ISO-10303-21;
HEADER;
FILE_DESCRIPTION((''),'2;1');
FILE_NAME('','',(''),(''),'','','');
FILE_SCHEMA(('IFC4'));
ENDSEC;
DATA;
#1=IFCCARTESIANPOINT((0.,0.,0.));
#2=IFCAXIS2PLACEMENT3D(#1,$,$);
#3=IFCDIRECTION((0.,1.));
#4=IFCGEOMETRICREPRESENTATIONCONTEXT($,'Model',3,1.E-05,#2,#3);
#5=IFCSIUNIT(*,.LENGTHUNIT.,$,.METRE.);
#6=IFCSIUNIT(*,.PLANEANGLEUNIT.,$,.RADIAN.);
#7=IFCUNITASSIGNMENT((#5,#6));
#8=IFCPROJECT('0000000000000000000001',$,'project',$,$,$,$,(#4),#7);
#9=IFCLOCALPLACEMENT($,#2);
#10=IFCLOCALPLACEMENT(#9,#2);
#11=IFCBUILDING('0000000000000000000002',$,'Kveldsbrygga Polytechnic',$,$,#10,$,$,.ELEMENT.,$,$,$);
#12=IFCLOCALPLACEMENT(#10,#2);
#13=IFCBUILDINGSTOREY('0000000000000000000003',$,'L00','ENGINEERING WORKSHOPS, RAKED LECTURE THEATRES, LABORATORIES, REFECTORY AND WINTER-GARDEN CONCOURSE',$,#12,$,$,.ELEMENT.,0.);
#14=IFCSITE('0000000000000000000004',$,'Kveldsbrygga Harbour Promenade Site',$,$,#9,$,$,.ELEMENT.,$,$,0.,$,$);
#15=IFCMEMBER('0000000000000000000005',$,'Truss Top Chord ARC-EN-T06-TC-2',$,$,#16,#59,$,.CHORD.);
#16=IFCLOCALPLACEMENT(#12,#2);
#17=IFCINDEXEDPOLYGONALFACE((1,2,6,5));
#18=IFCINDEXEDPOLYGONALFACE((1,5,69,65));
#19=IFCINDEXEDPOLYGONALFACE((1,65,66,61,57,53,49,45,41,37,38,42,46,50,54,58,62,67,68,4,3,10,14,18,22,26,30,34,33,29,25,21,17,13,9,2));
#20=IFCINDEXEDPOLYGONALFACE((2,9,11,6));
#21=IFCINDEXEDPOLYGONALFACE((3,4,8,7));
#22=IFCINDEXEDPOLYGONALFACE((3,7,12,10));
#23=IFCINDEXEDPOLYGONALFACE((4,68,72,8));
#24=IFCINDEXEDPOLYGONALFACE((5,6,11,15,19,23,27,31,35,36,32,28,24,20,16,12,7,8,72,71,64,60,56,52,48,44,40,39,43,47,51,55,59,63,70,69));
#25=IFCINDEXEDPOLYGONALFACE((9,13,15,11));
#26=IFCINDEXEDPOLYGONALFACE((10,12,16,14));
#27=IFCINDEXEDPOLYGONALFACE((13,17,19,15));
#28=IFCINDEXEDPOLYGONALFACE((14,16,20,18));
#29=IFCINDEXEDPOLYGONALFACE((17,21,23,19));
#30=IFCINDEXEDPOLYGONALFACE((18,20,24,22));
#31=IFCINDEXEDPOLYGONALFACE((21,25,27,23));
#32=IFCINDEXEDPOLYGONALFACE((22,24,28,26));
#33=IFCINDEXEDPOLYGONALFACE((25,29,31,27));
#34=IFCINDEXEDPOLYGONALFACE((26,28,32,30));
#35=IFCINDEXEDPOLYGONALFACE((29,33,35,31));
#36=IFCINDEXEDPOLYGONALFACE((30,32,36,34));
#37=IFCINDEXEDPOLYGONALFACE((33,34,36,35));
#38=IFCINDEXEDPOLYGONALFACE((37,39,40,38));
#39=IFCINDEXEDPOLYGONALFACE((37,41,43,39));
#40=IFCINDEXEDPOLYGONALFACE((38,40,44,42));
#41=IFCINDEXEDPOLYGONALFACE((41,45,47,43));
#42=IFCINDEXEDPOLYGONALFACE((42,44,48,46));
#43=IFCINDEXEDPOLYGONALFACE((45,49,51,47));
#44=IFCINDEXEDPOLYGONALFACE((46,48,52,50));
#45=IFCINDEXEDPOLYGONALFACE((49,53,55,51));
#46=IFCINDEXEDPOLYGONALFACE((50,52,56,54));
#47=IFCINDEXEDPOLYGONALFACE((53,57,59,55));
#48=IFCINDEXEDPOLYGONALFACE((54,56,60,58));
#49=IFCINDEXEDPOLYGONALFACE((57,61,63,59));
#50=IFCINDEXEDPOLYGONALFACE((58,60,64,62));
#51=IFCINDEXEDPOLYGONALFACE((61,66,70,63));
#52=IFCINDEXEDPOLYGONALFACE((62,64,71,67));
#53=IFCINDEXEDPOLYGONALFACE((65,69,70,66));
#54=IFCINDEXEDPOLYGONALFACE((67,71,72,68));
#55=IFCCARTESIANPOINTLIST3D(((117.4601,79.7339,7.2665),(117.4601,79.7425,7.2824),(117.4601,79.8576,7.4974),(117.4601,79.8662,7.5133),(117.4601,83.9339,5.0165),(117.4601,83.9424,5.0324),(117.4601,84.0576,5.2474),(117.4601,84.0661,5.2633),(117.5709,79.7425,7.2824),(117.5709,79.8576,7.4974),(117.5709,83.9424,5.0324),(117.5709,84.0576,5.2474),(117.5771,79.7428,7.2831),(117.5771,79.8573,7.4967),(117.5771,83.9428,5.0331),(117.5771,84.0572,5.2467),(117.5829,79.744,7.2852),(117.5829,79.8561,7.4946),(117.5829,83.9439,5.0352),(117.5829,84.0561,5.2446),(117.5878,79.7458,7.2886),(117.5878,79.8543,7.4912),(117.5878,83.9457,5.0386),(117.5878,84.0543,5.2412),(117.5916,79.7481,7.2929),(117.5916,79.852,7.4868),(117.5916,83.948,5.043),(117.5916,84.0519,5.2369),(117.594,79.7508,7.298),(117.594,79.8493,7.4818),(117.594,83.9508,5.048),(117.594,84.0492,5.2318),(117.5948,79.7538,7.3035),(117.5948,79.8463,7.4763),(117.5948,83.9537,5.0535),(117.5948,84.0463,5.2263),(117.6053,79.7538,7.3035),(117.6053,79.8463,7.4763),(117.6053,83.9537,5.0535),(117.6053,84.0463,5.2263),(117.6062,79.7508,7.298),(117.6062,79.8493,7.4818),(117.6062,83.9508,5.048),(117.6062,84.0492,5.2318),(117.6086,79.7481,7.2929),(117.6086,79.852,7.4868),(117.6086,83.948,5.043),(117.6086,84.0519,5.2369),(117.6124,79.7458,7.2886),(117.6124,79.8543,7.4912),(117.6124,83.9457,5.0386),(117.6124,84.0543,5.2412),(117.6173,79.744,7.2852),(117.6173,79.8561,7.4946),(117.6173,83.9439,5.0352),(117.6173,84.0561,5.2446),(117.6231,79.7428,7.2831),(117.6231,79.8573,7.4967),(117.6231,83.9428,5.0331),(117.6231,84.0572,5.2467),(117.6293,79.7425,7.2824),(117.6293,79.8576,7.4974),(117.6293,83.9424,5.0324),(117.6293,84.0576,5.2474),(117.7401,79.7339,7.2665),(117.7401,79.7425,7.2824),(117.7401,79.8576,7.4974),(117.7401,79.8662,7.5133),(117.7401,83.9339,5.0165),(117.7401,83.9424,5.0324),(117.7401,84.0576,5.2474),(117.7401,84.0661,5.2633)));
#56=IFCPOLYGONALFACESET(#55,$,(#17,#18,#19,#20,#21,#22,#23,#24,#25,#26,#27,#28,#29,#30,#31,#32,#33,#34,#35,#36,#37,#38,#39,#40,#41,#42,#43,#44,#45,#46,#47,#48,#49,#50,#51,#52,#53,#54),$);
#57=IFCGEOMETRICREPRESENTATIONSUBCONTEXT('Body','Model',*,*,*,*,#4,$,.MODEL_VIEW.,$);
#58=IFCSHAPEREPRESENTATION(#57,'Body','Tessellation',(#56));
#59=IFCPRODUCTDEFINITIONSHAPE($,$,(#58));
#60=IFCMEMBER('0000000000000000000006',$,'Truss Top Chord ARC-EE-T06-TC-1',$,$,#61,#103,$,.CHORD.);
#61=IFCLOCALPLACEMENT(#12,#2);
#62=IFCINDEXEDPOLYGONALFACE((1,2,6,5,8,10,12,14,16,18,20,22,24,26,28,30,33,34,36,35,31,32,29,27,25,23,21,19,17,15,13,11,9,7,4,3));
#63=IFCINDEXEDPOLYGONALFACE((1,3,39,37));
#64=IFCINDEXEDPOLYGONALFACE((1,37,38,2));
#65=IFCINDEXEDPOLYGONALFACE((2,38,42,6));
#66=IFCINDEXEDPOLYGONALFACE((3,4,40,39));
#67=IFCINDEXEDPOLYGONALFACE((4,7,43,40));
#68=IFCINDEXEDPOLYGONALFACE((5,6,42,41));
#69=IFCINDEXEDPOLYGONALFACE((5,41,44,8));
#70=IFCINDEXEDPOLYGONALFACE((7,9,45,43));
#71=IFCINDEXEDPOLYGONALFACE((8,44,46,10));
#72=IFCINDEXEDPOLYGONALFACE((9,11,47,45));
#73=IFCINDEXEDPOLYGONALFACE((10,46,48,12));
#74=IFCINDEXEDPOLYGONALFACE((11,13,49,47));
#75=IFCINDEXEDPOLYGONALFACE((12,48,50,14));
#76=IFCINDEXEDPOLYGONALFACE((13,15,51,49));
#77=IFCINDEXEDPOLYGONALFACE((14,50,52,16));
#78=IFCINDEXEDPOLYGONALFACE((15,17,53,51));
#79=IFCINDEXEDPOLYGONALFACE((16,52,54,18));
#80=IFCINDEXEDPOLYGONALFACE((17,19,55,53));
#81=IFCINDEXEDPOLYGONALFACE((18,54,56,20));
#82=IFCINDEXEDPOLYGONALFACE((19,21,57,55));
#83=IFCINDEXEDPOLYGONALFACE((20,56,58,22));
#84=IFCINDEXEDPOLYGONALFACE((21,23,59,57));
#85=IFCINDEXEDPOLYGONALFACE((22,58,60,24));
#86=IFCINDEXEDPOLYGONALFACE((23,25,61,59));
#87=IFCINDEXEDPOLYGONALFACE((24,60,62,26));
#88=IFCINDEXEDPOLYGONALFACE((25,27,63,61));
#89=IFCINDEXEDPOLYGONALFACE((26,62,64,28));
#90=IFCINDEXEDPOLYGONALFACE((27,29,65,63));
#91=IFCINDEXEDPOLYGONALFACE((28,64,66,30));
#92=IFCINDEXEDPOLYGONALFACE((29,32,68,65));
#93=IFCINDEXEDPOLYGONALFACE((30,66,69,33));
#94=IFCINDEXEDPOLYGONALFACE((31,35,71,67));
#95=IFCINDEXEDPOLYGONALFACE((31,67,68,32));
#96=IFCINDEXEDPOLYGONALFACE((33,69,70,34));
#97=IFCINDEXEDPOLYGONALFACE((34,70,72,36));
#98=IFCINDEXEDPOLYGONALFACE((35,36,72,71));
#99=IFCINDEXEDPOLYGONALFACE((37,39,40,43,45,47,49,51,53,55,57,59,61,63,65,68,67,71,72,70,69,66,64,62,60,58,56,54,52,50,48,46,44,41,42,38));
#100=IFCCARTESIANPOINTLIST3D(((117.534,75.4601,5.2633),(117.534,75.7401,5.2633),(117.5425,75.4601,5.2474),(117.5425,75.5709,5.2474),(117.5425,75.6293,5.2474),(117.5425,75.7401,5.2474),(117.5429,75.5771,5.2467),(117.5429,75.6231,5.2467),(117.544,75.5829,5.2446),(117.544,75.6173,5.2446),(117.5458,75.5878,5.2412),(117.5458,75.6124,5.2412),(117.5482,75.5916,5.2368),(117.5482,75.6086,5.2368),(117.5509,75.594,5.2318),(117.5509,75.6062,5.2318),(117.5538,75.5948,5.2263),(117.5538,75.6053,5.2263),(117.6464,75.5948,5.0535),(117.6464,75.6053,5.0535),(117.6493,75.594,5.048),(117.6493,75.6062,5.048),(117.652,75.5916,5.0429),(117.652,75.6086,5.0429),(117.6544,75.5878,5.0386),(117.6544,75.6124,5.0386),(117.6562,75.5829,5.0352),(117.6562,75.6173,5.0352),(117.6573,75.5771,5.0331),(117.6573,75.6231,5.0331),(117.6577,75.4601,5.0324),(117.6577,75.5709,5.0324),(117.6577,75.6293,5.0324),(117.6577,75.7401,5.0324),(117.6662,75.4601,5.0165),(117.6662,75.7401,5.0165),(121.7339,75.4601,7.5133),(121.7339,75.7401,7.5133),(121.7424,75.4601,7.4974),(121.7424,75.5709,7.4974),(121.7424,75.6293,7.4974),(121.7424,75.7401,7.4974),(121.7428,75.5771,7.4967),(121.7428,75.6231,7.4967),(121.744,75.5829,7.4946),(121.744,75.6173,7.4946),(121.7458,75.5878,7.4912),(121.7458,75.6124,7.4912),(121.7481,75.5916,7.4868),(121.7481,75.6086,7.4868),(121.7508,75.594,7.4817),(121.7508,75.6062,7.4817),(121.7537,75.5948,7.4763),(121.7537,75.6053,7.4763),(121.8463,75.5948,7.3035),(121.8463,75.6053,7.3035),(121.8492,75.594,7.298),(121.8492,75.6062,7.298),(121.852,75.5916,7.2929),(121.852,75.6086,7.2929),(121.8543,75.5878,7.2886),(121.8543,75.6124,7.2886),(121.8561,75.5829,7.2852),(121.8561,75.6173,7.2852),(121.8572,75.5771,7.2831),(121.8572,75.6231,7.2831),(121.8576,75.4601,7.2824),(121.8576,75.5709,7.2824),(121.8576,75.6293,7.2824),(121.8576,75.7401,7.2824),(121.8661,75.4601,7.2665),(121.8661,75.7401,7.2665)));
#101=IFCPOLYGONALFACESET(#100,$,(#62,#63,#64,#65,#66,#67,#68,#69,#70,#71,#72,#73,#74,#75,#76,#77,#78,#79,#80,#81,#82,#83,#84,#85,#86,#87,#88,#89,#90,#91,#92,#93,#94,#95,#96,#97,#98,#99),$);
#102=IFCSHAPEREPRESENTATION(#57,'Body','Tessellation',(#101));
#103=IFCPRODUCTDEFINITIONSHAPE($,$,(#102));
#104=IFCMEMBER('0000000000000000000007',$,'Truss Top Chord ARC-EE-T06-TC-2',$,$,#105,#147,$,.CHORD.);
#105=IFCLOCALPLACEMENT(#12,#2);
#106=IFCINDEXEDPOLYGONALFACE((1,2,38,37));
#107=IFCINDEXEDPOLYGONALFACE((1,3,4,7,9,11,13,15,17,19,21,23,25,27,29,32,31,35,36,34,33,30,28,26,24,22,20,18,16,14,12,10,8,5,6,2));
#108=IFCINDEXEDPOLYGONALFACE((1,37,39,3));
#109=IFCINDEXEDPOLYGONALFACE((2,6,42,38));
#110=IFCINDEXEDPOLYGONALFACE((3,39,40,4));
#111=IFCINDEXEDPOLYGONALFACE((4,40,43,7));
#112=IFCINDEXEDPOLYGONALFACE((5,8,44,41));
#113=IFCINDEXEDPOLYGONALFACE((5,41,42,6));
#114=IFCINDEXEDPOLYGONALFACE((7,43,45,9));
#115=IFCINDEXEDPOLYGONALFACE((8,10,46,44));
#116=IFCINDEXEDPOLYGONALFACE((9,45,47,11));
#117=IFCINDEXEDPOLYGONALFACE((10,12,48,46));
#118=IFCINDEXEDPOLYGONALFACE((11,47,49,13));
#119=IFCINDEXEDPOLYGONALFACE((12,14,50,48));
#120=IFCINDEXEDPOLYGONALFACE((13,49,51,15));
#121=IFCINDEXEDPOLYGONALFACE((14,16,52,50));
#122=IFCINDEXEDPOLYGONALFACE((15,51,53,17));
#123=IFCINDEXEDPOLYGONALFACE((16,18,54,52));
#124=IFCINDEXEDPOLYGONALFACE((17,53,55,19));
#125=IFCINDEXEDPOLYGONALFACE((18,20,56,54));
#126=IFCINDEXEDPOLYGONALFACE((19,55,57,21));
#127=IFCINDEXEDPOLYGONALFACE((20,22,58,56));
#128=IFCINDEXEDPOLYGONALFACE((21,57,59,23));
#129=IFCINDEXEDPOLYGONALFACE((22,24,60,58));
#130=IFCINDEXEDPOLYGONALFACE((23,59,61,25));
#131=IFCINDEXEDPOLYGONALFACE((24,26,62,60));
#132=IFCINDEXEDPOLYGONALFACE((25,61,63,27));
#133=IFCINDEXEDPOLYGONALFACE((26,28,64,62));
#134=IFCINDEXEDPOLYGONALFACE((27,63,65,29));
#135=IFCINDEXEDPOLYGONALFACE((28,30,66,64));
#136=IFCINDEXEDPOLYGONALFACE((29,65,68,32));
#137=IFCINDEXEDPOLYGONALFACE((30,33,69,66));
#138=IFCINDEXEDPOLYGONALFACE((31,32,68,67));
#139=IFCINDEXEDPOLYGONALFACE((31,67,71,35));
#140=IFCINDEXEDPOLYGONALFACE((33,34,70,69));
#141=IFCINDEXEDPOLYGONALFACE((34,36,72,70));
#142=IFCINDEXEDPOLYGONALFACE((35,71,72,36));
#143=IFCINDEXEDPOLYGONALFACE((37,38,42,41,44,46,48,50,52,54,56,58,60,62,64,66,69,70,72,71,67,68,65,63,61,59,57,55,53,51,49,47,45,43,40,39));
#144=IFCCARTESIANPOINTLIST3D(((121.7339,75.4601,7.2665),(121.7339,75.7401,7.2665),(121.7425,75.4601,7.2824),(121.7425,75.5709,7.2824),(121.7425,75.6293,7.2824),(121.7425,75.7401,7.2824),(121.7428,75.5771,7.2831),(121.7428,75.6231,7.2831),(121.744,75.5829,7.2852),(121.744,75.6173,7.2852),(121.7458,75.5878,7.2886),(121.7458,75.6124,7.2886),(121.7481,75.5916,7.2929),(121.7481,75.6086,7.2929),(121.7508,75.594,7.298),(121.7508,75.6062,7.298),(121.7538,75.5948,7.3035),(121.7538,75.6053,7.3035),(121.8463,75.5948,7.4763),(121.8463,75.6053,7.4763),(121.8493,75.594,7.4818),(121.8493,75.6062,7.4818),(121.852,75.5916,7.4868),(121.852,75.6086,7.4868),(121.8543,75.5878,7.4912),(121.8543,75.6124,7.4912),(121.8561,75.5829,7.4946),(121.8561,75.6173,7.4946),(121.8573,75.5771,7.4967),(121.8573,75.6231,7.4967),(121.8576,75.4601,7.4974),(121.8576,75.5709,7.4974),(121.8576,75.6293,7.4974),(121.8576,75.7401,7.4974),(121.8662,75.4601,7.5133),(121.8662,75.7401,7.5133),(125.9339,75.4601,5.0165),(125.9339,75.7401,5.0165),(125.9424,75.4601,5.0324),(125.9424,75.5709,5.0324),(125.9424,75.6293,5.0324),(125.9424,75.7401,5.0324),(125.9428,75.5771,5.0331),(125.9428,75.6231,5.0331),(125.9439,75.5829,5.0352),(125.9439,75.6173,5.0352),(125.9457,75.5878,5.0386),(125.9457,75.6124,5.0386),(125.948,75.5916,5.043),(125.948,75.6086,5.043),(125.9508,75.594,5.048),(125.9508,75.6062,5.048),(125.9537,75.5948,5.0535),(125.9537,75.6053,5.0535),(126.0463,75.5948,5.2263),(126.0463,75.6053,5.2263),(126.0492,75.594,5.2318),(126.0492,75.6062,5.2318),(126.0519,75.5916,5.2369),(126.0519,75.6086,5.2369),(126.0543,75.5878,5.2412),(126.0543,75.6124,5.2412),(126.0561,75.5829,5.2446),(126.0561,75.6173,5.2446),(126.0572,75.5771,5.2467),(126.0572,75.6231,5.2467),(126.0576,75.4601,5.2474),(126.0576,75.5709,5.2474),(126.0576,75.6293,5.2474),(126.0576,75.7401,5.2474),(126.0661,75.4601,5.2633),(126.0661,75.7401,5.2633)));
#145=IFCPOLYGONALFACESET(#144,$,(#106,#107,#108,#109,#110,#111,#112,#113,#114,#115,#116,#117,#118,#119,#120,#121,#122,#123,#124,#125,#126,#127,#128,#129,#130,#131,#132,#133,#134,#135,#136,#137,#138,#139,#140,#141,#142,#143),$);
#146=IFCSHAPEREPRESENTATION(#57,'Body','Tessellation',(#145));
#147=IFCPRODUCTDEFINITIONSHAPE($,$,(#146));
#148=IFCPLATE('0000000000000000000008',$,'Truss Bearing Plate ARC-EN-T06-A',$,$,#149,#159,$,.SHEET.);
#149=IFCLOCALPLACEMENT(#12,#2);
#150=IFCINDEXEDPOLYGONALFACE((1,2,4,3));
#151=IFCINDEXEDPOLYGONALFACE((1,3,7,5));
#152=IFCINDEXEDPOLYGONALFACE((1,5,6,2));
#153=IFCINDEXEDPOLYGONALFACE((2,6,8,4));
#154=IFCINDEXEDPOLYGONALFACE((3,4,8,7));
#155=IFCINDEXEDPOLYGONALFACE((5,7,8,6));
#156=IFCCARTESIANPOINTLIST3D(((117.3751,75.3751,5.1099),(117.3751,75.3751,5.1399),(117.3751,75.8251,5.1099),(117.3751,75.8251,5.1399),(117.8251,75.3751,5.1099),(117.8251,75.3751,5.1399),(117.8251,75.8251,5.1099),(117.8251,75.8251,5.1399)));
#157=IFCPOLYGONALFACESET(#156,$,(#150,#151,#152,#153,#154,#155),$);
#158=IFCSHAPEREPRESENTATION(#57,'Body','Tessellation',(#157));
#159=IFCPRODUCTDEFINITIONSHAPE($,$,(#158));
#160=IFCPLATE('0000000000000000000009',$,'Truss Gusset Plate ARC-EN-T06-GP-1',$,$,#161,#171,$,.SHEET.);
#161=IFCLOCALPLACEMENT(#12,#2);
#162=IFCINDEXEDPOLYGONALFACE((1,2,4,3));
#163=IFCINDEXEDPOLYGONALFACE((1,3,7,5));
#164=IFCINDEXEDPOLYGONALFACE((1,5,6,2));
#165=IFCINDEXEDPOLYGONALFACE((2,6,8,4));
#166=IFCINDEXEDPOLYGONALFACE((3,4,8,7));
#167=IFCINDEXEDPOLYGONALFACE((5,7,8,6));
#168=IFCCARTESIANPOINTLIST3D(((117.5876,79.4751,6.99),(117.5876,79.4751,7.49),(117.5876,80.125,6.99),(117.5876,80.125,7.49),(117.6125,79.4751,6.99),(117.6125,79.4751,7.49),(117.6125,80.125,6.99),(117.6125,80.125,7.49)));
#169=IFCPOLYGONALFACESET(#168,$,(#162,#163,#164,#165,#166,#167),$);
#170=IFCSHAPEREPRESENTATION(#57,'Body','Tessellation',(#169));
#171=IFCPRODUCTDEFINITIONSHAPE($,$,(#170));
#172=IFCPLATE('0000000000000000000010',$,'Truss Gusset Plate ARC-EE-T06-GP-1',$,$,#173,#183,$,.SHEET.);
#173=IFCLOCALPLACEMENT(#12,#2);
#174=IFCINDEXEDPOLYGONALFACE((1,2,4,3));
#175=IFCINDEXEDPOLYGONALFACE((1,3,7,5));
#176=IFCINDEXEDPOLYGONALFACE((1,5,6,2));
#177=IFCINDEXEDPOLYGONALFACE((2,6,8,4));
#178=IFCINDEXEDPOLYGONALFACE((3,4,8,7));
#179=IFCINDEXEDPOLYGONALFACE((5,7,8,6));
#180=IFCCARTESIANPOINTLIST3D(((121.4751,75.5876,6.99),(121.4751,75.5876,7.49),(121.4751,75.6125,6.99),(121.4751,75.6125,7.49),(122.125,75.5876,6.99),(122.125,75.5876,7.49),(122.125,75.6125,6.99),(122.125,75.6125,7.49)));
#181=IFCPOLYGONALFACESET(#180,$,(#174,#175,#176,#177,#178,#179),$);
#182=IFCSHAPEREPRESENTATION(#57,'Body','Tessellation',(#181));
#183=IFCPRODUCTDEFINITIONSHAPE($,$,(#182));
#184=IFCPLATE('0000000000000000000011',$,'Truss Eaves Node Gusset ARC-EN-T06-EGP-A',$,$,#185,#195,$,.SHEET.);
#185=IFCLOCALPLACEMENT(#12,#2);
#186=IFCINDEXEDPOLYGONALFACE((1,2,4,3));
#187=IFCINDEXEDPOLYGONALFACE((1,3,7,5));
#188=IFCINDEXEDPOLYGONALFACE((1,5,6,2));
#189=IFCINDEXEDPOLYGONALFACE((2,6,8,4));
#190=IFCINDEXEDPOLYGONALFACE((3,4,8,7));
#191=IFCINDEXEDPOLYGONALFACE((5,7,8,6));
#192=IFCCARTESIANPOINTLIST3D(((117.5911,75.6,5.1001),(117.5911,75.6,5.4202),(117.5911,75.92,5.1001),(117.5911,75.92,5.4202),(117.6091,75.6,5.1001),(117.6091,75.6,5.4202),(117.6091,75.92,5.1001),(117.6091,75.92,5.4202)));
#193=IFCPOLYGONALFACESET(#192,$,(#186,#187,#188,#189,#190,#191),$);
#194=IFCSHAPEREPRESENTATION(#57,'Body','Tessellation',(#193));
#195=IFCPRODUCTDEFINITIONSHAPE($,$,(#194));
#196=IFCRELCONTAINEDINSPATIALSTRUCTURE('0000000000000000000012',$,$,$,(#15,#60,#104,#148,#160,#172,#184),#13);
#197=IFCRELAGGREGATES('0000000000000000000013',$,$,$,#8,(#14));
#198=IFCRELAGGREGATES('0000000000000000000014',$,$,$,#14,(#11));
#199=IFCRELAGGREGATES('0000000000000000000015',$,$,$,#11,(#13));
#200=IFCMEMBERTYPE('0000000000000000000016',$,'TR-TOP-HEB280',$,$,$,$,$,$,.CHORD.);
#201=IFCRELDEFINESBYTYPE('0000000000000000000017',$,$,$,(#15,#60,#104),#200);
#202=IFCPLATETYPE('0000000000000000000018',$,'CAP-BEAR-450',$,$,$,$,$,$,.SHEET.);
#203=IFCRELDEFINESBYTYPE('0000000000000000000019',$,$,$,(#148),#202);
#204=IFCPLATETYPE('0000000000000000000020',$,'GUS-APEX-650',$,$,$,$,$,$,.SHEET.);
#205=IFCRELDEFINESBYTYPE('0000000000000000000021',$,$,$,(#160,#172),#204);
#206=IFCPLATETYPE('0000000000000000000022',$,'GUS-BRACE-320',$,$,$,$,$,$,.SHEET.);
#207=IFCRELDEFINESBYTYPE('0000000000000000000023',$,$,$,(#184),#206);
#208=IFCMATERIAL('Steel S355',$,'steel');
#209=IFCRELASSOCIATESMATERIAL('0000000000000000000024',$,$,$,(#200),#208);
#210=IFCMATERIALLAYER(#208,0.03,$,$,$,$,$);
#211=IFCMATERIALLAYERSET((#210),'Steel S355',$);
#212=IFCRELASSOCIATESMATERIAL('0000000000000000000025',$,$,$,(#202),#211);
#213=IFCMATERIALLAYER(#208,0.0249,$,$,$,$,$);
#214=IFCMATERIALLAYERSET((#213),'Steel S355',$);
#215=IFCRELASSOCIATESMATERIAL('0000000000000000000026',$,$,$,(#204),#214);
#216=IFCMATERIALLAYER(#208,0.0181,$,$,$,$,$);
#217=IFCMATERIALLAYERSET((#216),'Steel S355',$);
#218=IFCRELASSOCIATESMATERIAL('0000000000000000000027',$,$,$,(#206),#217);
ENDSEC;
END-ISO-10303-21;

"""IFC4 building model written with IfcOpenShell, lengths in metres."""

from ifc_helpers import new_model, si_unit, direction, frame, origin, origin_2d, place, context, subcontext, project, spatial, rectangle, i_section, extrude, material, layer, layer_set, material_profile, profile_set, type_object, element, save


model = new_model("IFC4")

# Units and contexts
model_context = context("Model", 3, precision=1e-05, world=origin(), true_north=direction((0.0, 1.0)))
body_context = subcontext(model_context, "Body", "Model", "MODEL_VIEW")
ifc_project = project(units=[si_unit("LENGTHUNIT", "METRE"), si_unit("PLANEANGLEUNIT", "RADIAN")], contexts=[model_context])

# Site, building, storey
site_placement = place(None, origin())
site = spatial("IfcSite", under=ifc_project, at=site_placement, Name="Kveldsbrygga Harbour Promenade Site", CompositionType="ELEMENT", RefElevation=0.0)
building_placement = place(site_placement, origin())
building = spatial("IfcBuilding", under=site, at=building_placement, Name="Kveldsbrygga Polytechnic", CompositionType="ELEMENT")
storey_placement = place(building_placement, origin())
storey = spatial("IfcBuildingStorey", under=building, at=storey_placement, Name="L00", Description="ENGINEERING WORKSHOPS, RAKED LECTURE THEATRES, LABORATORIES, REFECTORY AND WINTER-GARDEN CONCOURSE", CompositionType="ELEMENT", Elevation=0.0)

# Members
ifc_material = material(Name="Steel S355", Category="steel")
ifc_material_profile_1 = material_profile(ifc_material, i_section(OverallWidth=0.28, OverallDepth=0.28, WebThickness=0.0105, FlangeThickness=0.0181, FilletRadius=0.0239, at=origin_2d()), Name="HEB 280")
ifc_profile_set_1 = profile_set([ifc_material_profile_1], Name="Steel S355")
member_type_1 = type_object("IfcMemberType", Name="TR-TOP-HEB280", PredefinedType="CHORD", material=ifc_profile_set_1)
for number, where, z_axis, x_axis, name in (
    (1, (117.6001, 79.8, 7.3899), (0.0, 0.881478, -0.472226), (-1.0, 0.0, 0.0), "Truss Top Chord ARC-EN-T06-TC-2"),
    (2, (117.6001, 75.6001, 5.1399), (0.881478, 0.0, 0.472226), (0.0, 1.0, 0.0), "Truss Top Chord ARC-EE-T06-TC-1"),
    (3, (121.8, 75.6001, 7.3899), (0.881478, 0.0, -0.472226), (0.0, 1.0, 0.0), "Truss Top Chord ARC-EE-T06-TC-2"),
):
    element("IfcMember", number, at=place(storey_placement, frame(where, z_axis=z_axis, x_axis=x_axis)), inside=storey, type_object=member_type_1, Name=name, PredefinedType="CHORD", context=body_context, shape_type="SweptSolid", body=[
        extrude(i_section(OverallWidth=0.28, OverallDepth=0.28, WebThickness=0.0105, FlangeThickness=0.0181, FilletRadius=0.0239, at=origin_2d()), origin(), (0.0, 0.0, 1.0), 4.7646),
    ])

# Plates
ifc_layer_1 = layer(ifc_material, 0.03)
ifc_layer_set_1 = layer_set([ifc_layer_1], Name="Steel S355")
plate_type_1 = type_object("IfcPlateType", Name="CAP-BEAR-450", PredefinedType="SHEET", material=ifc_layer_set_1)
plate_1_placement = place(storey_placement, frame((117.6001, 75.6001, 5.1099), z_axis=(0.0, 0.0, 1.0), x_axis=(1.0, 0.0, 0.0)))
element("IfcPlate", 4, at=plate_1_placement, inside=storey, type_object=plate_type_1, Name="Truss Bearing Plate ARC-EN-T06-A", PredefinedType="SHEET", context=body_context, shape_type="SweptSolid", body=[
    extrude(rectangle(XDim=0.45, YDim=0.45, at=origin_2d()), origin(), (0.0, 0.0, 1.0), 0.03),
])
ifc_layer_2 = layer(ifc_material, 0.0249)
ifc_layer_set_2 = layer_set([ifc_layer_2], Name="Steel S355")
plate_type_2 = type_object("IfcPlateType", Name="GUS-APEX-650", PredefinedType="SHEET", material=ifc_layer_set_2)
plate_2_placement = place(storey_placement, frame((117.6001, 79.8, 6.99), z_axis=(0.0, 0.0, 1.0), x_axis=(1.0, 0.0, 0.0)))
element("IfcPlate", 5, at=plate_2_placement, inside=storey, type_object=plate_type_2, Name="Truss Gusset Plate ARC-EN-T06-GP-1", PredefinedType="SHEET", context=body_context, shape_type="SweptSolid", body=[
    extrude(rectangle(XDim=0.0249, YDim=0.6499, at=origin_2d()), origin(), (0.0, 0.0, 1.0), 0.5),
])
plate_3_placement = place(storey_placement, frame((121.8, 75.6001, 6.99), z_axis=(0.0, 0.0, 1.0), x_axis=(1.0, 0.0, 0.0)))
element("IfcPlate", 6, at=plate_3_placement, inside=storey, type_object=plate_type_2, Name="Truss Gusset Plate ARC-EE-T06-GP-1", PredefinedType="SHEET", context=body_context, shape_type="SweptSolid", body=[
    extrude(rectangle(XDim=0.6499, YDim=0.0249, at=origin_2d()), origin(), (0.0, 0.0, 1.0), 0.5),
])
ifc_layer_3 = layer(ifc_material, 0.0181)
ifc_layer_set_3 = layer_set([ifc_layer_3], Name="Steel S355")
plate_type_3 = type_object("IfcPlateType", Name="GUS-BRACE-320", PredefinedType="SHEET", material=ifc_layer_set_3)
plate_4_placement = place(storey_placement, frame((117.6001, 75.76, 5.1001), z_axis=(0.0, 0.0, 1.0), x_axis=(1.0, 0.0, 0.0)))
element("IfcPlate", 7, at=plate_4_placement, inside=storey, type_object=plate_type_3, Name="Truss Eaves Node Gusset ARC-EN-T06-EGP-A", PredefinedType="SHEET", context=body_context, shape_type="SweptSolid", body=[
    extrude(rectangle(XDim=0.0181, YDim=0.3201, at=origin_2d()), origin(), (0.0, 0.0, 1.0), 0.3201),
])

save(model, "model.ifc")
